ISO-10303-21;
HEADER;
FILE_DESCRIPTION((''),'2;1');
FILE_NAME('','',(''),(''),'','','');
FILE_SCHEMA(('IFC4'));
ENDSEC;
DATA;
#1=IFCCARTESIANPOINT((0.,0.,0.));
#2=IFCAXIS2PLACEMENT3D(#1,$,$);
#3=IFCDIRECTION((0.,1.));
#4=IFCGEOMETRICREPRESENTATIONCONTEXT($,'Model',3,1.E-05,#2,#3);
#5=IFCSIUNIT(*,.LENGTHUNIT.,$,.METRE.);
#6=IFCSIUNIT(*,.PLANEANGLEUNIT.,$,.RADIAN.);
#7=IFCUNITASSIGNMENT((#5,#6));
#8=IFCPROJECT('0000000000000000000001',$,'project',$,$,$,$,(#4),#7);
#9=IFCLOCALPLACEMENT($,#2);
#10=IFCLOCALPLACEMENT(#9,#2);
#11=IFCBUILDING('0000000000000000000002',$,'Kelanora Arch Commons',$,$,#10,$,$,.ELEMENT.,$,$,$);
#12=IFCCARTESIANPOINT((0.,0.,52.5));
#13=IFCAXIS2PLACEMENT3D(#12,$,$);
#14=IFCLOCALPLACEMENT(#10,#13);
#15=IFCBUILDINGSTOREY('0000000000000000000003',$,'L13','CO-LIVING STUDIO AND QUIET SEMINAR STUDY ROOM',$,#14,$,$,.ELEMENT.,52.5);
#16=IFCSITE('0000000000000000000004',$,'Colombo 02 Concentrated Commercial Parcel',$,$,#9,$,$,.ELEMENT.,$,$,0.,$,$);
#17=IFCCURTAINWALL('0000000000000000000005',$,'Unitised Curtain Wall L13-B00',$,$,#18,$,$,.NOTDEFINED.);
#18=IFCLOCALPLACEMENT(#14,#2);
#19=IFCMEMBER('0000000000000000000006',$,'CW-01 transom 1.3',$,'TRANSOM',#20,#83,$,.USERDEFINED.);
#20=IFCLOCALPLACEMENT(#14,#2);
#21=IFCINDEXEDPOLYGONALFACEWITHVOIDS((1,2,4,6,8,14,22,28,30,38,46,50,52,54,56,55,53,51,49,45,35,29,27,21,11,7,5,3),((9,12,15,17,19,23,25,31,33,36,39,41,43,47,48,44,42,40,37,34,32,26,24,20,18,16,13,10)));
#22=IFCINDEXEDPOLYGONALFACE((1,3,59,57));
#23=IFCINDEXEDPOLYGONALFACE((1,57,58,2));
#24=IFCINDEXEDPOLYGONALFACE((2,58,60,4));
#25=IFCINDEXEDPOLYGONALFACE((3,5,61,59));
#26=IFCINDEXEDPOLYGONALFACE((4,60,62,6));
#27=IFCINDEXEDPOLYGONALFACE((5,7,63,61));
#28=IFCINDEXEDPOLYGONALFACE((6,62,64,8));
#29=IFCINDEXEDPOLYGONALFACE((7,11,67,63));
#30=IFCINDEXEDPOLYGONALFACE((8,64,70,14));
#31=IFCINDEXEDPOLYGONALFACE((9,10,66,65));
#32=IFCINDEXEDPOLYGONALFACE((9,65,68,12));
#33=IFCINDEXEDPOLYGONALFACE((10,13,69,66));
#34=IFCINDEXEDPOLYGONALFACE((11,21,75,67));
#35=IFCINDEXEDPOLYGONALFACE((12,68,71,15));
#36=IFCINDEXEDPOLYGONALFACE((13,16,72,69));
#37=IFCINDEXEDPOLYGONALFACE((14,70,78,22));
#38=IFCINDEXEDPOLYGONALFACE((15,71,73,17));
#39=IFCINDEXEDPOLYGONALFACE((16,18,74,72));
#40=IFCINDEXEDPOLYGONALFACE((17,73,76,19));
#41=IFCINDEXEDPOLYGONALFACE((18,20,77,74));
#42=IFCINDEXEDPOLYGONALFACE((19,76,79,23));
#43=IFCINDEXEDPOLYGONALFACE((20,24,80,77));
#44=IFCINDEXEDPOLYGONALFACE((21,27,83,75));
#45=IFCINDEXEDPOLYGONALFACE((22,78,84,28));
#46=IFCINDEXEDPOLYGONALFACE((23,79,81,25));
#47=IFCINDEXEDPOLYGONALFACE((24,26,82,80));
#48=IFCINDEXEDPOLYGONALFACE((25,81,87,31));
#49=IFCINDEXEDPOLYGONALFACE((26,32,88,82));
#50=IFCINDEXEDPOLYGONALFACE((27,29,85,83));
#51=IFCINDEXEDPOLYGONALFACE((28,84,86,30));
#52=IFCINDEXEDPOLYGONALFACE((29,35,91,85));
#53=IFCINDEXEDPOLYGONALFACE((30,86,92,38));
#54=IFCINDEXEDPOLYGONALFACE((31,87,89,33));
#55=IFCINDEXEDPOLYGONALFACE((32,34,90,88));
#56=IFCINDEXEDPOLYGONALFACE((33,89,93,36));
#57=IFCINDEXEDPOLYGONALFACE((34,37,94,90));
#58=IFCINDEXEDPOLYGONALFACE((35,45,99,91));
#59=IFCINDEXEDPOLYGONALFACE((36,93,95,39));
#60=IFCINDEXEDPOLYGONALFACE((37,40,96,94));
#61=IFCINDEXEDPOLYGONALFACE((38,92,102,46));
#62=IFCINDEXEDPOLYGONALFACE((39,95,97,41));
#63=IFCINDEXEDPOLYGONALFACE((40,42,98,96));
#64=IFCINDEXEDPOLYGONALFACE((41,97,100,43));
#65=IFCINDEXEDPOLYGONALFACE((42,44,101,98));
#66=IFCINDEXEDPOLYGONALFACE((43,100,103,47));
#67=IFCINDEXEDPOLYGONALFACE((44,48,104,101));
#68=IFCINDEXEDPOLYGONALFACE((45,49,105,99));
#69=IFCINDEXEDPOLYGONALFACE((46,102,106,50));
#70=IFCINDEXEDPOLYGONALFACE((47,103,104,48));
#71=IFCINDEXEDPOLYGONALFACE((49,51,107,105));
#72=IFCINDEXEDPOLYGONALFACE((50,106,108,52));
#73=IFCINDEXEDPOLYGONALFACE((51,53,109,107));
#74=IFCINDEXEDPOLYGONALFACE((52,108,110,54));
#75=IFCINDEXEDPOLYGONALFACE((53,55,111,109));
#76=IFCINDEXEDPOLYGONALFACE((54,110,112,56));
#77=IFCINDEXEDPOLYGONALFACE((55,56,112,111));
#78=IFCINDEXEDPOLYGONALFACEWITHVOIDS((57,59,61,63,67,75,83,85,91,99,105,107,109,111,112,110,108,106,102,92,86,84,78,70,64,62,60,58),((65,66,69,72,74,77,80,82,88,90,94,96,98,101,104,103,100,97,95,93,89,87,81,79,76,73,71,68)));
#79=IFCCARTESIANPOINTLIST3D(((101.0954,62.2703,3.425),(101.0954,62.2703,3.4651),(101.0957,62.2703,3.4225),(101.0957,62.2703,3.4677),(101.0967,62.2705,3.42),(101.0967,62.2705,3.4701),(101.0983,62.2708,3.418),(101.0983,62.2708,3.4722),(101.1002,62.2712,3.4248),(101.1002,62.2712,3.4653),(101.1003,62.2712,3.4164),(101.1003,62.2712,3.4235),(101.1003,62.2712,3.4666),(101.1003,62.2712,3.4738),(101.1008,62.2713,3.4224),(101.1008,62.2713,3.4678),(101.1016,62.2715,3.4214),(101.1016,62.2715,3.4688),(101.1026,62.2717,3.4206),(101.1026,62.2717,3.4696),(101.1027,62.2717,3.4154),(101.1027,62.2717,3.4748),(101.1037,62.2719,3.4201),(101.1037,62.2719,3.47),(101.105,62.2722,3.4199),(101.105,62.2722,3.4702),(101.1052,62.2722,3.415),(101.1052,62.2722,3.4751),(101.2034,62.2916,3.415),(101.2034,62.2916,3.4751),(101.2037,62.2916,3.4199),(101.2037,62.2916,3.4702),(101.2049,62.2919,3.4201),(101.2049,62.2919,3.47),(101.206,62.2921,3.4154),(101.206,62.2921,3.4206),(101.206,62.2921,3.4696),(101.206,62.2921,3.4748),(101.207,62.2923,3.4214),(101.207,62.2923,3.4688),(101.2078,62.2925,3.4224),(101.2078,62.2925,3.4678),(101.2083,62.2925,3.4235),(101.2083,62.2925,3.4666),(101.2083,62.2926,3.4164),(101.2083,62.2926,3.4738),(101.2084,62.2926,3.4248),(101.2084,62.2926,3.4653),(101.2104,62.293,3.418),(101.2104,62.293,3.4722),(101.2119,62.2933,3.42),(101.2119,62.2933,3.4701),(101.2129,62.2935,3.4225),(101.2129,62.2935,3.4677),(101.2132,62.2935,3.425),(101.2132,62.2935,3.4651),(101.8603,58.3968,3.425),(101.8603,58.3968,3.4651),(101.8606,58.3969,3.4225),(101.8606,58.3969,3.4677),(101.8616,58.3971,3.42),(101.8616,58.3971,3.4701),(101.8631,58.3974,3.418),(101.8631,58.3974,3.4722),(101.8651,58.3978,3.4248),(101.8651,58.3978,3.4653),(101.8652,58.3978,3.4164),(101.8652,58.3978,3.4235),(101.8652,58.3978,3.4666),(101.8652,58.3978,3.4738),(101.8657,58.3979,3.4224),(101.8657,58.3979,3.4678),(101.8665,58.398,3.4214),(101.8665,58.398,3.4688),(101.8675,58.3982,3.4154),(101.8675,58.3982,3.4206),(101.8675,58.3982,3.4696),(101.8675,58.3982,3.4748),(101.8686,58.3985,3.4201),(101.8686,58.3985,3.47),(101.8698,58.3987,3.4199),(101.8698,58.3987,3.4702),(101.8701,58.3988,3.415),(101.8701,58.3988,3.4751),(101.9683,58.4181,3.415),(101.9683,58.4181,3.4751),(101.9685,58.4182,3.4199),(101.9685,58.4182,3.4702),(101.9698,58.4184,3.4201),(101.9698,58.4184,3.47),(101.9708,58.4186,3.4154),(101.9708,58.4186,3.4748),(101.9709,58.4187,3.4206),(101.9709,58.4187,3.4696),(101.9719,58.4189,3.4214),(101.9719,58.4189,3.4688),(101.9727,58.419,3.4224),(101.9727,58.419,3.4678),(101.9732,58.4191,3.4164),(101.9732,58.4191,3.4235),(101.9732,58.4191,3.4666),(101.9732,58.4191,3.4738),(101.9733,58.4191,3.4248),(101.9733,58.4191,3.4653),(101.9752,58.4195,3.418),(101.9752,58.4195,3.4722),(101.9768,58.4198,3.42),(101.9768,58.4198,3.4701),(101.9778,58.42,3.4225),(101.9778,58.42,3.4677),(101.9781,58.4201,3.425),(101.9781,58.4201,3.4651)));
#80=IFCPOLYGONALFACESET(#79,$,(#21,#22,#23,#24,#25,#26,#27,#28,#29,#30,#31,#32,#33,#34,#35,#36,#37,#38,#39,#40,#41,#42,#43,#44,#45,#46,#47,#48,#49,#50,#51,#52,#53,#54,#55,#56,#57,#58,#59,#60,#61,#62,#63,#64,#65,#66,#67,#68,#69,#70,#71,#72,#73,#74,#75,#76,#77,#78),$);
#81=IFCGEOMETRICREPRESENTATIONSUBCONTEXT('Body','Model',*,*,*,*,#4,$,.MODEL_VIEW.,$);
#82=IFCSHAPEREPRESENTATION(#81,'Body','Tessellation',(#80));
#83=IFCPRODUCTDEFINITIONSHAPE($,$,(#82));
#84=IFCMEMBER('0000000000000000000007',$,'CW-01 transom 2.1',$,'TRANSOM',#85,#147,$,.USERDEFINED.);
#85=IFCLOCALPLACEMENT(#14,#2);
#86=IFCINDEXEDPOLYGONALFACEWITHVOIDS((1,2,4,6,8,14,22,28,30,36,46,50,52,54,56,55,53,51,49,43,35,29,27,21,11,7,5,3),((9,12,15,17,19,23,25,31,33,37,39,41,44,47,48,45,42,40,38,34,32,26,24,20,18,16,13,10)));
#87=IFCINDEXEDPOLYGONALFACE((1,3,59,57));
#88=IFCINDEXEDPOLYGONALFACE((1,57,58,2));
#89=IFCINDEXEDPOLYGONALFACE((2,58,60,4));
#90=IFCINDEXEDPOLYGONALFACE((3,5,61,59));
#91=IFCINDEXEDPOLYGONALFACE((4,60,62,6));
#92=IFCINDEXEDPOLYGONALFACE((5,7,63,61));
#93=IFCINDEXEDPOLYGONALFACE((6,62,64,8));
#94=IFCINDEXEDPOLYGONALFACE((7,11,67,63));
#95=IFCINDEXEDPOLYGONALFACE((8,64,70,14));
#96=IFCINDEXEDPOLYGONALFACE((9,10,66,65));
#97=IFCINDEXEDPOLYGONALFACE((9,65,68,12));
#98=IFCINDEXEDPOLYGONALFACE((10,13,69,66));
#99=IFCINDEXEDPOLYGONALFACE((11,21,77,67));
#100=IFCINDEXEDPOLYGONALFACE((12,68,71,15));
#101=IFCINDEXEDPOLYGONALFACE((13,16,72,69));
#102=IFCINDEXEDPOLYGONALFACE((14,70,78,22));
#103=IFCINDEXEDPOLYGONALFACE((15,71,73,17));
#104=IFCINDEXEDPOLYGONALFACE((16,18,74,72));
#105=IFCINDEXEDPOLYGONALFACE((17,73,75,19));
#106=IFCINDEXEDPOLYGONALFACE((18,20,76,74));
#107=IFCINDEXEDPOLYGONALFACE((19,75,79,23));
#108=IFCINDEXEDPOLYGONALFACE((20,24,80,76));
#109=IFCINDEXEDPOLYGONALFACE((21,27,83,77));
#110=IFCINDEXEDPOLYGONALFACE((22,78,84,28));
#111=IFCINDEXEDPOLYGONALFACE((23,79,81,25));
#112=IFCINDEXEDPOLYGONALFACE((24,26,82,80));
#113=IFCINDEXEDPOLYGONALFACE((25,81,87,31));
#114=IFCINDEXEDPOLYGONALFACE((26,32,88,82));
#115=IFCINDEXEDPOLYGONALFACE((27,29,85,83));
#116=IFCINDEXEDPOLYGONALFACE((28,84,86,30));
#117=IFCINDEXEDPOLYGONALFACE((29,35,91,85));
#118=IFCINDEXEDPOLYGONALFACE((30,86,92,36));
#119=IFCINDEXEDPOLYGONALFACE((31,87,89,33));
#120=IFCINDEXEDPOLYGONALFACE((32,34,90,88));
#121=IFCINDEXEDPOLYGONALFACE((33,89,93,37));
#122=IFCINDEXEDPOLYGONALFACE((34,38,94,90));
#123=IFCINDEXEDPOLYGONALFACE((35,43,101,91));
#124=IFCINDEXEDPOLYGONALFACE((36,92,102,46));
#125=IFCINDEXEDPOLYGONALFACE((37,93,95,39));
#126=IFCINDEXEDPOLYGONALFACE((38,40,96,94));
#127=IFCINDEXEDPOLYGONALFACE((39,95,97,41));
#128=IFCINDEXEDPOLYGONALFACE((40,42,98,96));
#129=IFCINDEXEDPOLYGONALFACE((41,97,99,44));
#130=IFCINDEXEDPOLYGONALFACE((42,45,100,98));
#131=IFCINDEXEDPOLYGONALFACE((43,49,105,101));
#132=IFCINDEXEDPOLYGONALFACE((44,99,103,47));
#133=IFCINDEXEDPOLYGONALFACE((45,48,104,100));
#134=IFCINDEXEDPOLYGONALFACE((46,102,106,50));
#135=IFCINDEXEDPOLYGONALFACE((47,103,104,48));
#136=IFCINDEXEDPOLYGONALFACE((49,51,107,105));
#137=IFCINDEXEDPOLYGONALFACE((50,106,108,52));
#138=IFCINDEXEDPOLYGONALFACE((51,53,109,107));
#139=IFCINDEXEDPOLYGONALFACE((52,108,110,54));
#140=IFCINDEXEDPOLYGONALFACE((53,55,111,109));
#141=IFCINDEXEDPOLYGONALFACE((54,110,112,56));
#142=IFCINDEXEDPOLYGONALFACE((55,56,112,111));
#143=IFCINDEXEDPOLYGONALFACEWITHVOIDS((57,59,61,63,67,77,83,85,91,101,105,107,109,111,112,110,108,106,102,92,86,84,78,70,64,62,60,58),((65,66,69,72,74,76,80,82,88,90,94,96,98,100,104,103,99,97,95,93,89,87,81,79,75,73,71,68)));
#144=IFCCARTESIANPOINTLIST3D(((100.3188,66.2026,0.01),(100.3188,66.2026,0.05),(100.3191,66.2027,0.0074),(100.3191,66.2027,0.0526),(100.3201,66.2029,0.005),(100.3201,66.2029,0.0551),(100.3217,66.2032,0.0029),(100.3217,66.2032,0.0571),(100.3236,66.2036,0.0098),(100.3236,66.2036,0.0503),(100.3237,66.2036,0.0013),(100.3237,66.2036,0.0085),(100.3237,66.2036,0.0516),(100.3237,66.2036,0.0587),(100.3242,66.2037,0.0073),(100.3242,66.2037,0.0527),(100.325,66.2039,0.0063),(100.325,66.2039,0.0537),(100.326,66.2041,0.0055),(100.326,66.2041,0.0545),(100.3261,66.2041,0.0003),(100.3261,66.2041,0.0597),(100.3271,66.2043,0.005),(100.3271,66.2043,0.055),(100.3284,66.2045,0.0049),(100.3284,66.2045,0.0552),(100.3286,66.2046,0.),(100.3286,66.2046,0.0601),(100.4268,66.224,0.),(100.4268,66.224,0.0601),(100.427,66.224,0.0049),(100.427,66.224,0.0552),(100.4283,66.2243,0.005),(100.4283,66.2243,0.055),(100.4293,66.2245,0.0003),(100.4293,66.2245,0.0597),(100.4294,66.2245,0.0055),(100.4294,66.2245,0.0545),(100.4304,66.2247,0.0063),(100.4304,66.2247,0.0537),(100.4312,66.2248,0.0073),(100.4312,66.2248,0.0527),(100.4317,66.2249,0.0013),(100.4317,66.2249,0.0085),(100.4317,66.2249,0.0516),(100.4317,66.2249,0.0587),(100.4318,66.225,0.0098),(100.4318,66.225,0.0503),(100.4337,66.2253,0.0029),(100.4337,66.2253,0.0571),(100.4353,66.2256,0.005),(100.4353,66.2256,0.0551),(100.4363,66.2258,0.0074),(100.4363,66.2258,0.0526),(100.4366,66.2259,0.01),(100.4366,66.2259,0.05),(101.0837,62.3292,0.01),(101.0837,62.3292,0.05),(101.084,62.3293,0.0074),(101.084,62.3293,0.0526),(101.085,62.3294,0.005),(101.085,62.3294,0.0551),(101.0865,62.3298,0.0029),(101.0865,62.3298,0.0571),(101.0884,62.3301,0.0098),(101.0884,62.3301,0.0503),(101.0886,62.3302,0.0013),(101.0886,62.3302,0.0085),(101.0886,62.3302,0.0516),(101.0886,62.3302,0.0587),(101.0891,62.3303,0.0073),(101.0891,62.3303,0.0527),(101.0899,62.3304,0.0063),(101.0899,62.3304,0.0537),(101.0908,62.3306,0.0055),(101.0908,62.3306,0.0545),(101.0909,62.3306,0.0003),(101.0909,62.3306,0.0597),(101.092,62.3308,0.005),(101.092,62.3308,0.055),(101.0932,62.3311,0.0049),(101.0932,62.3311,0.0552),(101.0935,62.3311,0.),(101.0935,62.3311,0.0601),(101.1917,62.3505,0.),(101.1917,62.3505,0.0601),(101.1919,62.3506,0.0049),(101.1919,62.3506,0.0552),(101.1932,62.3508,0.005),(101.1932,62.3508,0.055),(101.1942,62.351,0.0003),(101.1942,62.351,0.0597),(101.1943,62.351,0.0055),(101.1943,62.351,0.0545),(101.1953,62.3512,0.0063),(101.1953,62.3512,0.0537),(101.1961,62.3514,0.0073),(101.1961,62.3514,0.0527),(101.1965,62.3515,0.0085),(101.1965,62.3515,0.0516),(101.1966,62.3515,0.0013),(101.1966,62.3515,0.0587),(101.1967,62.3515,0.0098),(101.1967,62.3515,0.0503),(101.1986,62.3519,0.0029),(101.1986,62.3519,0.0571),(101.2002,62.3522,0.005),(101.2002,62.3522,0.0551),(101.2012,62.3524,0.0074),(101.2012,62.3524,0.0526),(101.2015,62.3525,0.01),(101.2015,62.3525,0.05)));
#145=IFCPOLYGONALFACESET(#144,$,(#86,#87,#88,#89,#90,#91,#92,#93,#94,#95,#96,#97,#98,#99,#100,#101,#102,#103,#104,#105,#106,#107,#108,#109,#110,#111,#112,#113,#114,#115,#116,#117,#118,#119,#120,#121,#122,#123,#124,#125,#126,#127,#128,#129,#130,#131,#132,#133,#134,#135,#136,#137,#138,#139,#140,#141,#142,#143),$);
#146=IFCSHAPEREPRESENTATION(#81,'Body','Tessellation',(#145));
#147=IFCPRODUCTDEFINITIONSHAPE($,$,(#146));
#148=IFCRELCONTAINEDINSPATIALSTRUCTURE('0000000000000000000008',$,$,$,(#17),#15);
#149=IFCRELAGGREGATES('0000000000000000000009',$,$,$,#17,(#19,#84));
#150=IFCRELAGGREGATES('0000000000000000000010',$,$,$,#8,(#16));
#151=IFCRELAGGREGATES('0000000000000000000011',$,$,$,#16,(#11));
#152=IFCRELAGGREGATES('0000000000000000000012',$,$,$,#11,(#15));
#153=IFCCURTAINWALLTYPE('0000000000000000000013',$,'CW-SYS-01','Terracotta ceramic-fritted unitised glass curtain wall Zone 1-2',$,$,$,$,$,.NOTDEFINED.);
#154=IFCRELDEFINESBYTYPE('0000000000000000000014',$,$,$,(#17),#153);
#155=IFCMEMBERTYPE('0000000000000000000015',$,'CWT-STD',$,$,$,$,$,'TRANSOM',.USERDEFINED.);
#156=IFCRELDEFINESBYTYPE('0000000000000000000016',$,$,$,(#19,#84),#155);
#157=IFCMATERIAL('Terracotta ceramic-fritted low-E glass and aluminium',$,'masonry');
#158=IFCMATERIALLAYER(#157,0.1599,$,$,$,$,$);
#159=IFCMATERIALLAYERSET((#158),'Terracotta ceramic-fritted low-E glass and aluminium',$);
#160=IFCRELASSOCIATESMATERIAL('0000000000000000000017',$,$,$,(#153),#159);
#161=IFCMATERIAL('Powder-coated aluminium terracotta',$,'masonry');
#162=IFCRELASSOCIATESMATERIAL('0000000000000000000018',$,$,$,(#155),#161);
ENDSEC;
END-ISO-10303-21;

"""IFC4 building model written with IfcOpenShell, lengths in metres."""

from ifc_helpers import new_model, si_unit, direction, frame, origin, origin_2d, place, context, subcontext, project, spatial, hollow_rectangle, extrude, material, layer, layer_set, material_profile, profile_set, type_object, element, aggregate, save


model = new_model("IFC4")

# Units and contexts
model_context = context("Model", 3, precision=1e-05, world=origin(), true_north=direction((0.0, 1.0)))
body_context = subcontext(model_context, "Body", "Model", "MODEL_VIEW")
ifc_project = project(units=[si_unit("LENGTHUNIT", "METRE"), si_unit("PLANEANGLEUNIT", "RADIAN")], contexts=[model_context])

# Site, building, storey
site_placement = place(None, origin())
site = spatial("IfcSite", under=ifc_project, at=site_placement, Name="Colombo 02 Concentrated Commercial Parcel", CompositionType="ELEMENT", RefElevation=0.0)
building_placement = place(site_placement, origin())
building = spatial("IfcBuilding", under=site, at=building_placement, Name="Kelanora Arch Commons", CompositionType="ELEMENT")
storey_placement = place(building_placement, frame((0.0, 0.0, 52.5)))
storey = spatial("IfcBuildingStorey", under=building, at=storey_placement, Name="L13", Description="CO-LIVING STUDIO AND QUIET SEMINAR STUDY ROOM", CompositionType="ELEMENT", Elevation=52.5)

# Curtain wall, members
ifc_material_1 = material(Name="Terracotta ceramic-fritted low-E glass and aluminium", Category="masonry")
ifc_layer_1 = layer(ifc_material_1, 0.1599)
ifc_layer_set_1 = layer_set([ifc_layer_1], Name="Terracotta ceramic-fritted low-E glass and aluminium")
curtain_wall_type = type_object("IfcCurtainWallType", Name="CW-SYS-01", Description="Terracotta ceramic-fritted unitised glass curtain wall Zone 1-2", PredefinedType="NOTDEFINED", material=ifc_layer_set_1)
curtain_wall_placement = place(storey_placement, origin())
curtain_wall = element("IfcCurtainWall", 1, at=curtain_wall_placement, inside=storey, type_object=curtain_wall_type, Name="Unitised Curtain Wall L13-B00", PredefinedType="NOTDEFINED")
ifc_material_2 = material(Name="Powder-coated aluminium terracotta", Category="masonry")
ifc_material_profile_1 = material_profile(ifc_material_2, hollow_rectangle(XDim=0.1201, YDim=0.0601, WallThickness=0.0049, InnerFilletRadius=0.0049, OuterFilletRadius=0.01, at=origin_2d()), Name="CWT120x60")
ifc_profile_set_1 = profile_set([ifc_material_profile_1], Name="Powder-coated aluminium terracotta")
member_type_1 = type_object("IfcMemberType", Name="CWT-STD", ElementType="TRANSOM", PredefinedType="USERDEFINED", material=ifc_profile_set_1)
member_1_placement = place(storey_placement, frame((101.9192, 58.4084, 3.4451), z_axis=(-0.193725, 0.981056, 0.0), x_axis=(-0.981056, -0.193725, 0.0)))
member_1 = element("IfcMember", 2, at=member_1_placement, type_object=member_type_1, Name="CW-01 transom 1.3", ObjectType="TRANSOM", PredefinedType="USERDEFINED", context=body_context, shape_type="SweptSolid", body=[
    extrude(hollow_rectangle(XDim=0.1201, YDim=0.0601, WallThickness=0.0049, InnerFilletRadius=0.0049, OuterFilletRadius=0.01, at=origin_2d()), origin(), (0.0, 0.0, 1.0), 3.9482),
])
member_2_placement = place(storey_placement, frame((101.1426, 62.3408, 0.03), z_axis=(-0.193725, 0.981056, 0.0), x_axis=(-0.981056, -0.193725, 0.0)))
member_2 = element("IfcMember", 3, at=member_2_placement, type_object=member_type_1, Name="CW-01 transom 2.1", ObjectType="TRANSOM", PredefinedType="USERDEFINED", context=body_context, shape_type="SweptSolid", body=[
    extrude(hollow_rectangle(XDim=0.1201, YDim=0.0601, WallThickness=0.0049, InnerFilletRadius=0.0049, OuterFilletRadius=0.01, at=origin_2d()), origin(), (0.0, 0.0, 1.0), 3.9482),
])
aggregate(curtain_wall, [member_1, member_2])

save(model, "model.ifc")
